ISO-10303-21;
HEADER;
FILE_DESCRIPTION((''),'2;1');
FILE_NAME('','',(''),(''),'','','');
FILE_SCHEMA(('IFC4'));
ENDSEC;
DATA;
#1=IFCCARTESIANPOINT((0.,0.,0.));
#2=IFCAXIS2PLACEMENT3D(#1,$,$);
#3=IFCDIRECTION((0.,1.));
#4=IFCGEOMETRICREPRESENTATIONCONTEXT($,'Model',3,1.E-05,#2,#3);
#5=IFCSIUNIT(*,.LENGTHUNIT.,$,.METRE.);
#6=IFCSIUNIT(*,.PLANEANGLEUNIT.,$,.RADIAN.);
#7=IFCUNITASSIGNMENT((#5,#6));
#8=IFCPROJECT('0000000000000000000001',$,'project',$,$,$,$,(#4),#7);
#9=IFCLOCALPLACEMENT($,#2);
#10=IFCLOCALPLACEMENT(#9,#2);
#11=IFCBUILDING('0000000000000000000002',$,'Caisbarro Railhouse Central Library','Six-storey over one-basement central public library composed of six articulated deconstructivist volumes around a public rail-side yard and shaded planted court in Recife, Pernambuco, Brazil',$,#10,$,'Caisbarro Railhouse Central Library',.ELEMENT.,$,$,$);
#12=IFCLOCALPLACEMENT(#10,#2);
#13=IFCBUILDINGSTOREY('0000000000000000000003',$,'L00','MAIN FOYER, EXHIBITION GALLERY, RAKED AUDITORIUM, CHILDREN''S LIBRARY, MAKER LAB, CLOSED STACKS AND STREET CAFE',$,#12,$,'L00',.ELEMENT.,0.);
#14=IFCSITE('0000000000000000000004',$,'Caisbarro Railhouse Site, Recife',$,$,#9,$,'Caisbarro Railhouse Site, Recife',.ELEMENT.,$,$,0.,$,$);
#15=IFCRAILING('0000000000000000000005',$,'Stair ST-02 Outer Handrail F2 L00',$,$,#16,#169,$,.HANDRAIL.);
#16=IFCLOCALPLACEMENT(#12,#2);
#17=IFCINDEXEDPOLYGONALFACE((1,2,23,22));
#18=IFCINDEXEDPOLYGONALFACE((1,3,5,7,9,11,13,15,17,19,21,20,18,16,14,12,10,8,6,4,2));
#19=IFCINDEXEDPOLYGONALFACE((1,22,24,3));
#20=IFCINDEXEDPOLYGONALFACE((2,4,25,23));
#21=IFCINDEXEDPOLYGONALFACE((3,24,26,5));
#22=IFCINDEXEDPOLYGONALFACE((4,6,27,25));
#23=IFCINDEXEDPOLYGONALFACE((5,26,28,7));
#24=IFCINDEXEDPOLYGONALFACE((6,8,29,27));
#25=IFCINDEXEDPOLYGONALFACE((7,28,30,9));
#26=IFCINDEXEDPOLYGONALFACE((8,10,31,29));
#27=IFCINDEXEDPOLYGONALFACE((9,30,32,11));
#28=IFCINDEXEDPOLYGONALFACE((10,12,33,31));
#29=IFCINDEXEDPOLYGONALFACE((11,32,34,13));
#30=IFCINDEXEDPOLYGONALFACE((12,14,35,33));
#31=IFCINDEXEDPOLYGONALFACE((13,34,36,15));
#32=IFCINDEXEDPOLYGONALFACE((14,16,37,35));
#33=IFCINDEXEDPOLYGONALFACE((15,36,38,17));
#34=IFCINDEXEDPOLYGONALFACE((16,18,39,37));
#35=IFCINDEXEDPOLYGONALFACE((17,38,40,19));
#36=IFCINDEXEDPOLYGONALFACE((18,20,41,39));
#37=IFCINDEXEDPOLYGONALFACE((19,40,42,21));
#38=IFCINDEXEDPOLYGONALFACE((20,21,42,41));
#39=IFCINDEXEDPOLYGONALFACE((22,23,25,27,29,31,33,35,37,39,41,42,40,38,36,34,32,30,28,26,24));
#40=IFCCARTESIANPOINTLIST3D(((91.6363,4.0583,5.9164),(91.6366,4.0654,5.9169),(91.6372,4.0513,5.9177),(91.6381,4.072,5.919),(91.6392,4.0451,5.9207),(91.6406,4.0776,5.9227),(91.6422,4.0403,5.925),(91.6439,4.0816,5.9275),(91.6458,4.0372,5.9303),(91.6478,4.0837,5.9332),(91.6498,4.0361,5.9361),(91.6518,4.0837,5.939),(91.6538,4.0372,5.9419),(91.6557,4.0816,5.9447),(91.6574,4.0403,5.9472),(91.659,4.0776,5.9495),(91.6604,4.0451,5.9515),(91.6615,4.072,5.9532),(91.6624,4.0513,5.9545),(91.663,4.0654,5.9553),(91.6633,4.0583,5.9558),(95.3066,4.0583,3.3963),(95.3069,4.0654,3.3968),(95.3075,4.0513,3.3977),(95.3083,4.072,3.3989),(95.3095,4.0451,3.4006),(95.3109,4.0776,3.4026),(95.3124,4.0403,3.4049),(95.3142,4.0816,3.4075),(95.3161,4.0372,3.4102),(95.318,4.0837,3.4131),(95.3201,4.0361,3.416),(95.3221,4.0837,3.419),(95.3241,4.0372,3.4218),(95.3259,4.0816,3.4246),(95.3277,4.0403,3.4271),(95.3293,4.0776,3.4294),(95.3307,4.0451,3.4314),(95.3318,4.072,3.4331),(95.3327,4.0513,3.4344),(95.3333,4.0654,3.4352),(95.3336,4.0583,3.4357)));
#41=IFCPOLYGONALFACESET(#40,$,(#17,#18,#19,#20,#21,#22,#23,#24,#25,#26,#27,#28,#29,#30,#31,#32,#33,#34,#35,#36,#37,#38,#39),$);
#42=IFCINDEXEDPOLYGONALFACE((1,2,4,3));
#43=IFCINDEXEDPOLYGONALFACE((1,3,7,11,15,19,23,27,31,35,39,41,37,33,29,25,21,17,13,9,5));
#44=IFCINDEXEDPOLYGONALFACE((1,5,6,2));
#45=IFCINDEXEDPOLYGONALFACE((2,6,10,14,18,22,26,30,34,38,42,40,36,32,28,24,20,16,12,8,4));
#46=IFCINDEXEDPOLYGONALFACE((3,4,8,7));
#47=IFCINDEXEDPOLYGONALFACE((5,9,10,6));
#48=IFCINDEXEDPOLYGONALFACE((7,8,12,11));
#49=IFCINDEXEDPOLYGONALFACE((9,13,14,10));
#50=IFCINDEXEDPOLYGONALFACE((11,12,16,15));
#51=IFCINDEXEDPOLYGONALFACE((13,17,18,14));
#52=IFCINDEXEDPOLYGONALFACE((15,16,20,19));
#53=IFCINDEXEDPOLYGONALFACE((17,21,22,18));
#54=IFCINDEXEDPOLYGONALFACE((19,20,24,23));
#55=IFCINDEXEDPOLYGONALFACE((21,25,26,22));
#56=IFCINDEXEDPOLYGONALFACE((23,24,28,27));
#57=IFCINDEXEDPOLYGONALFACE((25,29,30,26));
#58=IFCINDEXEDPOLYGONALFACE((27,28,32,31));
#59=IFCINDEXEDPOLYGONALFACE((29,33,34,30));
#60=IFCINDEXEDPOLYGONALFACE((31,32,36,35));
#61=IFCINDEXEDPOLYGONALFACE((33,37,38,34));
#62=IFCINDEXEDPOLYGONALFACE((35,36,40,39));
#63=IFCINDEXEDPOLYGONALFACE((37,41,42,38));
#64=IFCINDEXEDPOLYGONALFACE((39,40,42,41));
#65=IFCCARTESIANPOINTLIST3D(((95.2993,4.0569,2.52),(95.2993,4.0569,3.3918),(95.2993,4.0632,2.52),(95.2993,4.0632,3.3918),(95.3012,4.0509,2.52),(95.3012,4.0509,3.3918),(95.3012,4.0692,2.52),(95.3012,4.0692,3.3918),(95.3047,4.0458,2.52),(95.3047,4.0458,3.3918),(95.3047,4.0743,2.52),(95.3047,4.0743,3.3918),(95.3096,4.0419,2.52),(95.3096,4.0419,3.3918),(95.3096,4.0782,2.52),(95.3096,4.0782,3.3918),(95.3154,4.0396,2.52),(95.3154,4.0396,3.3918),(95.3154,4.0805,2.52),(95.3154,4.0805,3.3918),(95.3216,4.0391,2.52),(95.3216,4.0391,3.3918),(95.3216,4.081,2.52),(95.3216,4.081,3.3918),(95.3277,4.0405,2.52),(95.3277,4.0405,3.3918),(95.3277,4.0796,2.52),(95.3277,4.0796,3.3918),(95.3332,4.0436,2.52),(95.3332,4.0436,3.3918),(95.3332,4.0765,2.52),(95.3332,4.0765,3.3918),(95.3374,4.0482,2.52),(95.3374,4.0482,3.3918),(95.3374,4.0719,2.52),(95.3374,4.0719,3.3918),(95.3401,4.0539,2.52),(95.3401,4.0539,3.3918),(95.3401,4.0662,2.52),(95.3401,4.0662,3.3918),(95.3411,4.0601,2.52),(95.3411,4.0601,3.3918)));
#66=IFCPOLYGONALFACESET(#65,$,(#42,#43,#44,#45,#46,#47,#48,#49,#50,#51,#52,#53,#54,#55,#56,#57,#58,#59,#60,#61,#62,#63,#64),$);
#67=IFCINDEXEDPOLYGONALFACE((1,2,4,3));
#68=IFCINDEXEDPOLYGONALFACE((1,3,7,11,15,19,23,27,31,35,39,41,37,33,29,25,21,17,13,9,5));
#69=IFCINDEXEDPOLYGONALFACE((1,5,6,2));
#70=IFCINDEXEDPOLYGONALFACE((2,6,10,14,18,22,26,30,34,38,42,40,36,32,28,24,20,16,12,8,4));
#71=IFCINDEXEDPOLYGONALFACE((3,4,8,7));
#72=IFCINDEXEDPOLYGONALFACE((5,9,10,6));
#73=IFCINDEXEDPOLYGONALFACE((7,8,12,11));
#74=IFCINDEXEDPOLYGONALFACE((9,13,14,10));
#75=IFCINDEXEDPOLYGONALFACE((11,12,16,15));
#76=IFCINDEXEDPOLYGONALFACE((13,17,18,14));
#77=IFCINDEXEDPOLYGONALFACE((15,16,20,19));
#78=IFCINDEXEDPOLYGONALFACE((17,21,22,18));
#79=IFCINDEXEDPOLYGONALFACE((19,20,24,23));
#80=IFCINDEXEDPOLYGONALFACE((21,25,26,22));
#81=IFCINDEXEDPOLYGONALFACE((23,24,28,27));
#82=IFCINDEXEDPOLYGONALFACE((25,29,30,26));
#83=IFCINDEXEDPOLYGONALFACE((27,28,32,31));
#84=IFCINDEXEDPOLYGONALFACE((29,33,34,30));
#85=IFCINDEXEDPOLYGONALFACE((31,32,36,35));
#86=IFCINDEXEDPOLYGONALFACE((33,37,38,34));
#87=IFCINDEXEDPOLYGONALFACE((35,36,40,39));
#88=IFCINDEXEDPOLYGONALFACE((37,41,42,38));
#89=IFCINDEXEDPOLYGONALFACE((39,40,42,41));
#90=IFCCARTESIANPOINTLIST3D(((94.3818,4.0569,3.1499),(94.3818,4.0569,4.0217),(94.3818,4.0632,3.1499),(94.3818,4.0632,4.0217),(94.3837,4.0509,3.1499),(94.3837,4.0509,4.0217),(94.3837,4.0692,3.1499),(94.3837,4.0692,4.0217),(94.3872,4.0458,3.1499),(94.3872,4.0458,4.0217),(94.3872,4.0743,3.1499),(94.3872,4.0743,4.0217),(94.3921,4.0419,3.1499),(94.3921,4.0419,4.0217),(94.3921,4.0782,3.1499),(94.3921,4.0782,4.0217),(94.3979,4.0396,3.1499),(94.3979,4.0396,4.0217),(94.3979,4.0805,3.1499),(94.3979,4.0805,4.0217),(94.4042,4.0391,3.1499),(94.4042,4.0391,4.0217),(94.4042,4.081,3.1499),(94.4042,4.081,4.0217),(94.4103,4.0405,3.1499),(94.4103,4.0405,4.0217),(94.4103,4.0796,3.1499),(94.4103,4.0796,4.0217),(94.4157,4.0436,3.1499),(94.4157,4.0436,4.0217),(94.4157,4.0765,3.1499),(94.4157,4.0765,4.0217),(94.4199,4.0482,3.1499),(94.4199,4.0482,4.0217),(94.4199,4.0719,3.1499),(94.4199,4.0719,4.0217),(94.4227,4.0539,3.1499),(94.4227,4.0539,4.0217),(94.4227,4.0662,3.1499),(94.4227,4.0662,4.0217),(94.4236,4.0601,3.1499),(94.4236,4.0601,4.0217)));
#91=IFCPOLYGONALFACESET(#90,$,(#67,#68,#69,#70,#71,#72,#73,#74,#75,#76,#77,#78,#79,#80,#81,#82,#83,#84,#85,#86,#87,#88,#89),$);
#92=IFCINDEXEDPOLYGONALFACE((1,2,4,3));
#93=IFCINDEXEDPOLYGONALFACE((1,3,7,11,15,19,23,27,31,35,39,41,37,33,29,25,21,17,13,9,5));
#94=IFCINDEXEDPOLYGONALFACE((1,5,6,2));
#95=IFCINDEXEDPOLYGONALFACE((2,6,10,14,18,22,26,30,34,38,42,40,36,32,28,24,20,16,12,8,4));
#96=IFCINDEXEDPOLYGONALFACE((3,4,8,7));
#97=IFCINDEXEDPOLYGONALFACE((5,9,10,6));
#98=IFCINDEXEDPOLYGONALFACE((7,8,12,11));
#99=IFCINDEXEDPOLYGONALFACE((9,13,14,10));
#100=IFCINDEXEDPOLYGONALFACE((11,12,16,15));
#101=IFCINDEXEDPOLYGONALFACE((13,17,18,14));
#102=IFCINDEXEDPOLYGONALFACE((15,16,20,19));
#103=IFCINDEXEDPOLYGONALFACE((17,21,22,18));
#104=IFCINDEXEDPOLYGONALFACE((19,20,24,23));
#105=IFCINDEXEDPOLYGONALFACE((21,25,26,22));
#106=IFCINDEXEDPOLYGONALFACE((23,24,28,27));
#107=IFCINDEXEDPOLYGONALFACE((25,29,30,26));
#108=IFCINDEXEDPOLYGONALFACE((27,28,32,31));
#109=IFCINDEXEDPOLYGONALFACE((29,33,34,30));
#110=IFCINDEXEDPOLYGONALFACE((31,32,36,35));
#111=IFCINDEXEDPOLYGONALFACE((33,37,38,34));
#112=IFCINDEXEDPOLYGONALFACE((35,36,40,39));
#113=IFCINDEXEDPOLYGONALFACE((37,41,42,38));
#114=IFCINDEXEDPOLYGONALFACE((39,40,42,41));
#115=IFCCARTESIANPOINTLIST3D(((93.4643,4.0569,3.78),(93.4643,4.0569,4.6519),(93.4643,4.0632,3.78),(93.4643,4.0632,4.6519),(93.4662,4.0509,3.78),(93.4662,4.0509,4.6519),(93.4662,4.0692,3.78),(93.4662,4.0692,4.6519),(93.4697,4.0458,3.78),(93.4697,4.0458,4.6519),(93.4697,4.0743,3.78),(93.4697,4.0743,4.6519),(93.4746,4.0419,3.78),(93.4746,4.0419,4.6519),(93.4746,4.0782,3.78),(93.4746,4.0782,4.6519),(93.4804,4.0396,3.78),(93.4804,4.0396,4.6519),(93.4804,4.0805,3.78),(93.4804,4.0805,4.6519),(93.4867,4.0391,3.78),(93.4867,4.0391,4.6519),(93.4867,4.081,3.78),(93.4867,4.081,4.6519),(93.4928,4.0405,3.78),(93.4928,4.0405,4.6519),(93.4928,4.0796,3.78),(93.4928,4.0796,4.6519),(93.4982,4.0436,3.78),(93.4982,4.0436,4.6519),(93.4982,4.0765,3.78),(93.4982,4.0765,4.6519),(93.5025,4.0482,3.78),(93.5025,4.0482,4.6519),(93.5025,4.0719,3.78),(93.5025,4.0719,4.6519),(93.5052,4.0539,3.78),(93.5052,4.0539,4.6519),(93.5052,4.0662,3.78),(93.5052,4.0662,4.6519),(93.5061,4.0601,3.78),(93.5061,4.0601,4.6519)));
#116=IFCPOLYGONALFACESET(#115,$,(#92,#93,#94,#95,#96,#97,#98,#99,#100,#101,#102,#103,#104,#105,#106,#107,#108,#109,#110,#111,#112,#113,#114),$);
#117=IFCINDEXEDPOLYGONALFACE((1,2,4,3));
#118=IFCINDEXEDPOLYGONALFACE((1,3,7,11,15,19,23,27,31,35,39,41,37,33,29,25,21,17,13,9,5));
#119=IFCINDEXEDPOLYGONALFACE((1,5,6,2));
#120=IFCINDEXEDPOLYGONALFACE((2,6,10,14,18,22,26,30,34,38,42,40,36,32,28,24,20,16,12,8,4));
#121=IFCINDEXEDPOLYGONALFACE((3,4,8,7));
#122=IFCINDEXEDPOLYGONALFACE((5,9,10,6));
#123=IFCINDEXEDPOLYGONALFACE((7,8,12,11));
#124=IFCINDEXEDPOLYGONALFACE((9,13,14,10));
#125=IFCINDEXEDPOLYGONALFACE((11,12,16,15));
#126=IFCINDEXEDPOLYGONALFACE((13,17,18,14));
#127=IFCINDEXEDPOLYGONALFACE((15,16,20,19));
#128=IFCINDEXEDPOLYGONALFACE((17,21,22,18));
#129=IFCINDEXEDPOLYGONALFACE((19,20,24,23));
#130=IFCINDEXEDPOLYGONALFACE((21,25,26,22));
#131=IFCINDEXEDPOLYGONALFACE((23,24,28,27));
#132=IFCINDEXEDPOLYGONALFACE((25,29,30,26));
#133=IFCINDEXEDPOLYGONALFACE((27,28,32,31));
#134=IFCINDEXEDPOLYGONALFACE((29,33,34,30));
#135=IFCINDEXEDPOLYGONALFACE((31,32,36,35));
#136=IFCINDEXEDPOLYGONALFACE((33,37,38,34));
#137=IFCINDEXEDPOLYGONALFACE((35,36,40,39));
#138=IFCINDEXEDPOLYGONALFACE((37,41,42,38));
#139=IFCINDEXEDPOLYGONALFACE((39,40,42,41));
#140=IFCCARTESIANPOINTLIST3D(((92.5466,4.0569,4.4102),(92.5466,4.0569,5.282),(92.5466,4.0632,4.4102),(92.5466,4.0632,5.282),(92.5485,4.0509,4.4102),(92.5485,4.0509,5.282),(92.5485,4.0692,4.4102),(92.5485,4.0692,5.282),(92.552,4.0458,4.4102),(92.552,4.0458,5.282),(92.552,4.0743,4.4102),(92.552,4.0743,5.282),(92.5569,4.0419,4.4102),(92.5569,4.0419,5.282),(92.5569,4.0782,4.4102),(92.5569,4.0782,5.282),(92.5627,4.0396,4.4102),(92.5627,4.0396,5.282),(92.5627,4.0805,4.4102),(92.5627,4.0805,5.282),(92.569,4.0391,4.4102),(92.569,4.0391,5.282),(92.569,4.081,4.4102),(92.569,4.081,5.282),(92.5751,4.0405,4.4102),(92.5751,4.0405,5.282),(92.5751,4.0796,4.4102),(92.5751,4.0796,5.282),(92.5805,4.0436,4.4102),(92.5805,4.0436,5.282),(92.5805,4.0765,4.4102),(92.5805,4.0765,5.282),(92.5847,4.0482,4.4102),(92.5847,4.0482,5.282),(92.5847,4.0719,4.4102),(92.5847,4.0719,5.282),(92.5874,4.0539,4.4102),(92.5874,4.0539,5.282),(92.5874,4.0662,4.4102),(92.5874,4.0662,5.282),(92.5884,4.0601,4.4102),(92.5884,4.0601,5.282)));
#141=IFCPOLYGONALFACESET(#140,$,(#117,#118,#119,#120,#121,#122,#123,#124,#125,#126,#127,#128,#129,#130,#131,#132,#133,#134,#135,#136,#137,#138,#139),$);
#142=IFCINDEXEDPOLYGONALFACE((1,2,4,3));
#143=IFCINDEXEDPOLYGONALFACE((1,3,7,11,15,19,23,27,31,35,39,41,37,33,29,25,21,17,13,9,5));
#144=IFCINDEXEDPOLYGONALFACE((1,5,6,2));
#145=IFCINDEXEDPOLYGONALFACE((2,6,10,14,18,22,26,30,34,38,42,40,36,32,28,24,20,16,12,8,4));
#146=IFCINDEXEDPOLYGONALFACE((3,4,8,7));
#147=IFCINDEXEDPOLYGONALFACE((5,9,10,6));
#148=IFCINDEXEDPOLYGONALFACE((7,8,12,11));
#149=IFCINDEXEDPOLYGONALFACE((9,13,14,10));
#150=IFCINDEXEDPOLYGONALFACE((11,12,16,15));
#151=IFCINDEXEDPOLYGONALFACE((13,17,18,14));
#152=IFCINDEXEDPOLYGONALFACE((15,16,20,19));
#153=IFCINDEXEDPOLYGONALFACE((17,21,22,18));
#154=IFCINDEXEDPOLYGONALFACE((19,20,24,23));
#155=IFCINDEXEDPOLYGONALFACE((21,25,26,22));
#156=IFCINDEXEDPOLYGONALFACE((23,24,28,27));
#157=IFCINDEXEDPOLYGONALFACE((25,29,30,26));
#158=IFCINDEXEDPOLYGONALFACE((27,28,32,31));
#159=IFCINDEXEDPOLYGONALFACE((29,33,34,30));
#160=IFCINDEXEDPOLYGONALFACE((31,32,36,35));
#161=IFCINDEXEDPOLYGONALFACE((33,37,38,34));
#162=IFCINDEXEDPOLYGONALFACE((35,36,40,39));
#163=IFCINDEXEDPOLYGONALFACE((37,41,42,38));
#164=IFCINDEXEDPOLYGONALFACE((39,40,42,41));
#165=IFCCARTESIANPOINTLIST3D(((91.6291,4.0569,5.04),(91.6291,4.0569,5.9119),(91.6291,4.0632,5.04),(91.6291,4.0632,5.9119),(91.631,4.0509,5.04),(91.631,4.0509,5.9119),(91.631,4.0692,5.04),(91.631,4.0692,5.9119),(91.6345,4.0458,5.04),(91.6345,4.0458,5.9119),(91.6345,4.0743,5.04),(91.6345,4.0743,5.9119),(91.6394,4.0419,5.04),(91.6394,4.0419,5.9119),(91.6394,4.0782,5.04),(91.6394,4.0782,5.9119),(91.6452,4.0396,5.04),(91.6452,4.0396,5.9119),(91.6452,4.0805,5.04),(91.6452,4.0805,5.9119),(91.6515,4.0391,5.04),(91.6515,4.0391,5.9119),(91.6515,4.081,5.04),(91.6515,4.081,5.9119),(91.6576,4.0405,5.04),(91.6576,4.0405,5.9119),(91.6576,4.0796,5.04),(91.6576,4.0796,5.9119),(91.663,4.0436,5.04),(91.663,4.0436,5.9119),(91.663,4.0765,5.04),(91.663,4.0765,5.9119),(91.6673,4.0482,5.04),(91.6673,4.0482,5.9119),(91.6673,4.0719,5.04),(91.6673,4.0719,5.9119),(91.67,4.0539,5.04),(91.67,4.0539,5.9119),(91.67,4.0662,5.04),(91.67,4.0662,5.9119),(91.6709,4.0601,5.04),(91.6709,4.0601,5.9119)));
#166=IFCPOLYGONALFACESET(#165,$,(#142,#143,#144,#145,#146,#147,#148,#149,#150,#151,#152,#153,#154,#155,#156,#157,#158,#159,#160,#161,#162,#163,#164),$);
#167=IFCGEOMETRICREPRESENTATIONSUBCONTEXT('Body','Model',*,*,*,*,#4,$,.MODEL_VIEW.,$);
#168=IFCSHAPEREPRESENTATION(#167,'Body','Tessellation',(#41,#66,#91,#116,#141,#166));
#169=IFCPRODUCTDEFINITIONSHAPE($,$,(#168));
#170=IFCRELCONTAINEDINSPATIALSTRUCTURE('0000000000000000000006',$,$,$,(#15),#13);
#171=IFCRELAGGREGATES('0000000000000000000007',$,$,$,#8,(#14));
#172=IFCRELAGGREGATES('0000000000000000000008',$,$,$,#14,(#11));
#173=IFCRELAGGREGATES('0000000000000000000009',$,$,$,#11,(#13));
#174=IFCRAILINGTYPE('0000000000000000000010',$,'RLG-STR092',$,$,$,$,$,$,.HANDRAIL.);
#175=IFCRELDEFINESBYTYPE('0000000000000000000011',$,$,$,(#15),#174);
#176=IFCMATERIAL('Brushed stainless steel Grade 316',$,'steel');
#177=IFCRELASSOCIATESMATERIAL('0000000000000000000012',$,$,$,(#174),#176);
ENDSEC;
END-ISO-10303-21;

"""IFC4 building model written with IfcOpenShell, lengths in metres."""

from ifc_helpers import new_model, si_unit, direction, frame, origin, origin_2d, place, context, subcontext, project, spatial, circle, extrude, material, type_object, element, save


model = new_model("IFC4")

# Units and contexts
model_context = context("Model", 3, precision=1e-05, world=origin(), true_north=direction((0.0, 1.0)))
body_context = subcontext(model_context, "Body", "Model", "MODEL_VIEW")
ifc_project = project(units=[si_unit("LENGTHUNIT", "METRE"), si_unit("PLANEANGLEUNIT", "RADIAN")], contexts=[model_context])

# Site, building, storey
site_placement = place(None, origin())
site = spatial("IfcSite", under=ifc_project, at=site_placement, Name="Caisbarro Railhouse Site, Recife", LongName="Caisbarro Railhouse Site, Recife", CompositionType="ELEMENT", RefElevation=0.0)
building_placement = place(site_placement, origin())
building = spatial("IfcBuilding", under=site, at=building_placement, Name="Caisbarro Railhouse Central Library", Description="Six-storey over one-basement central public library composed of six articulated deconstructivist volumes around a public rail-side yard and shaded planted court in Recife, Pernambuco, Brazil", LongName="Caisbarro Railhouse Central Library", CompositionType="ELEMENT")
storey_placement = place(building_placement, origin())
storey = spatial("IfcBuildingStorey", under=building, at=storey_placement, Name="L00", Description="MAIN FOYER, EXHIBITION GALLERY, RAKED AUDITORIUM, CHILDREN'S LIBRARY, MAKER LAB, CLOSED STACKS AND STREET CAFE", LongName="L00", CompositionType="ELEMENT", Elevation=0.0)

# Railing
ifc_material_1 = material(Name="Brushed stainless steel Grade 316", Category="steel")
railing_type_1 = type_object("IfcRailingType", Name="RLG-STR092", PredefinedType="HANDRAIL", material=ifc_material_1)
railing_1_placement = place(storey_placement, frame((95.3201, 4.0601, 2.52)))
element("IfcRailing", 1, at=railing_1_placement, inside=storey, type_object=railing_type_1, Name="Stair ST-02 Outer Handrail F2 L00", PredefinedType="HANDRAIL", context=body_context, shape_type="SweptSolid", body=[
    extrude(circle(Radius=0.0239, at=origin_2d()), frame((0.0, 0.0, 0.896), z_axis=(-0.824379, 0.0, 0.566038), x_axis=(0.0, -1.0, 0.0)), (0.0, 0.0, 1.0), 4.4521),
    extrude(circle(Radius=0.021, at=origin_2d()), origin(), (0.0, 0.0, 1.0), 0.8718),
    extrude(circle(Radius=0.021, at=origin_2d()), frame((-0.9175, 0.0, 0.6299)), (0.0, 0.0, 1.0), 0.8718),
    extrude(circle(Radius=0.021, at=origin_2d()), frame((-1.835, 0.0, 1.26)), (0.0, 0.0, 1.0), 0.8718),
    extrude(circle(Radius=0.021, at=origin_2d()), frame((-2.7527, 0.0, 1.8901)), (0.0, 0.0, 1.0), 0.8718),
    extrude(circle(Radius=0.021, at=origin_2d()), frame((-3.6702, 0.0, 2.52)), (0.0, 0.0, 1.0), 0.8718),
])

save(model, "model.ifc")
